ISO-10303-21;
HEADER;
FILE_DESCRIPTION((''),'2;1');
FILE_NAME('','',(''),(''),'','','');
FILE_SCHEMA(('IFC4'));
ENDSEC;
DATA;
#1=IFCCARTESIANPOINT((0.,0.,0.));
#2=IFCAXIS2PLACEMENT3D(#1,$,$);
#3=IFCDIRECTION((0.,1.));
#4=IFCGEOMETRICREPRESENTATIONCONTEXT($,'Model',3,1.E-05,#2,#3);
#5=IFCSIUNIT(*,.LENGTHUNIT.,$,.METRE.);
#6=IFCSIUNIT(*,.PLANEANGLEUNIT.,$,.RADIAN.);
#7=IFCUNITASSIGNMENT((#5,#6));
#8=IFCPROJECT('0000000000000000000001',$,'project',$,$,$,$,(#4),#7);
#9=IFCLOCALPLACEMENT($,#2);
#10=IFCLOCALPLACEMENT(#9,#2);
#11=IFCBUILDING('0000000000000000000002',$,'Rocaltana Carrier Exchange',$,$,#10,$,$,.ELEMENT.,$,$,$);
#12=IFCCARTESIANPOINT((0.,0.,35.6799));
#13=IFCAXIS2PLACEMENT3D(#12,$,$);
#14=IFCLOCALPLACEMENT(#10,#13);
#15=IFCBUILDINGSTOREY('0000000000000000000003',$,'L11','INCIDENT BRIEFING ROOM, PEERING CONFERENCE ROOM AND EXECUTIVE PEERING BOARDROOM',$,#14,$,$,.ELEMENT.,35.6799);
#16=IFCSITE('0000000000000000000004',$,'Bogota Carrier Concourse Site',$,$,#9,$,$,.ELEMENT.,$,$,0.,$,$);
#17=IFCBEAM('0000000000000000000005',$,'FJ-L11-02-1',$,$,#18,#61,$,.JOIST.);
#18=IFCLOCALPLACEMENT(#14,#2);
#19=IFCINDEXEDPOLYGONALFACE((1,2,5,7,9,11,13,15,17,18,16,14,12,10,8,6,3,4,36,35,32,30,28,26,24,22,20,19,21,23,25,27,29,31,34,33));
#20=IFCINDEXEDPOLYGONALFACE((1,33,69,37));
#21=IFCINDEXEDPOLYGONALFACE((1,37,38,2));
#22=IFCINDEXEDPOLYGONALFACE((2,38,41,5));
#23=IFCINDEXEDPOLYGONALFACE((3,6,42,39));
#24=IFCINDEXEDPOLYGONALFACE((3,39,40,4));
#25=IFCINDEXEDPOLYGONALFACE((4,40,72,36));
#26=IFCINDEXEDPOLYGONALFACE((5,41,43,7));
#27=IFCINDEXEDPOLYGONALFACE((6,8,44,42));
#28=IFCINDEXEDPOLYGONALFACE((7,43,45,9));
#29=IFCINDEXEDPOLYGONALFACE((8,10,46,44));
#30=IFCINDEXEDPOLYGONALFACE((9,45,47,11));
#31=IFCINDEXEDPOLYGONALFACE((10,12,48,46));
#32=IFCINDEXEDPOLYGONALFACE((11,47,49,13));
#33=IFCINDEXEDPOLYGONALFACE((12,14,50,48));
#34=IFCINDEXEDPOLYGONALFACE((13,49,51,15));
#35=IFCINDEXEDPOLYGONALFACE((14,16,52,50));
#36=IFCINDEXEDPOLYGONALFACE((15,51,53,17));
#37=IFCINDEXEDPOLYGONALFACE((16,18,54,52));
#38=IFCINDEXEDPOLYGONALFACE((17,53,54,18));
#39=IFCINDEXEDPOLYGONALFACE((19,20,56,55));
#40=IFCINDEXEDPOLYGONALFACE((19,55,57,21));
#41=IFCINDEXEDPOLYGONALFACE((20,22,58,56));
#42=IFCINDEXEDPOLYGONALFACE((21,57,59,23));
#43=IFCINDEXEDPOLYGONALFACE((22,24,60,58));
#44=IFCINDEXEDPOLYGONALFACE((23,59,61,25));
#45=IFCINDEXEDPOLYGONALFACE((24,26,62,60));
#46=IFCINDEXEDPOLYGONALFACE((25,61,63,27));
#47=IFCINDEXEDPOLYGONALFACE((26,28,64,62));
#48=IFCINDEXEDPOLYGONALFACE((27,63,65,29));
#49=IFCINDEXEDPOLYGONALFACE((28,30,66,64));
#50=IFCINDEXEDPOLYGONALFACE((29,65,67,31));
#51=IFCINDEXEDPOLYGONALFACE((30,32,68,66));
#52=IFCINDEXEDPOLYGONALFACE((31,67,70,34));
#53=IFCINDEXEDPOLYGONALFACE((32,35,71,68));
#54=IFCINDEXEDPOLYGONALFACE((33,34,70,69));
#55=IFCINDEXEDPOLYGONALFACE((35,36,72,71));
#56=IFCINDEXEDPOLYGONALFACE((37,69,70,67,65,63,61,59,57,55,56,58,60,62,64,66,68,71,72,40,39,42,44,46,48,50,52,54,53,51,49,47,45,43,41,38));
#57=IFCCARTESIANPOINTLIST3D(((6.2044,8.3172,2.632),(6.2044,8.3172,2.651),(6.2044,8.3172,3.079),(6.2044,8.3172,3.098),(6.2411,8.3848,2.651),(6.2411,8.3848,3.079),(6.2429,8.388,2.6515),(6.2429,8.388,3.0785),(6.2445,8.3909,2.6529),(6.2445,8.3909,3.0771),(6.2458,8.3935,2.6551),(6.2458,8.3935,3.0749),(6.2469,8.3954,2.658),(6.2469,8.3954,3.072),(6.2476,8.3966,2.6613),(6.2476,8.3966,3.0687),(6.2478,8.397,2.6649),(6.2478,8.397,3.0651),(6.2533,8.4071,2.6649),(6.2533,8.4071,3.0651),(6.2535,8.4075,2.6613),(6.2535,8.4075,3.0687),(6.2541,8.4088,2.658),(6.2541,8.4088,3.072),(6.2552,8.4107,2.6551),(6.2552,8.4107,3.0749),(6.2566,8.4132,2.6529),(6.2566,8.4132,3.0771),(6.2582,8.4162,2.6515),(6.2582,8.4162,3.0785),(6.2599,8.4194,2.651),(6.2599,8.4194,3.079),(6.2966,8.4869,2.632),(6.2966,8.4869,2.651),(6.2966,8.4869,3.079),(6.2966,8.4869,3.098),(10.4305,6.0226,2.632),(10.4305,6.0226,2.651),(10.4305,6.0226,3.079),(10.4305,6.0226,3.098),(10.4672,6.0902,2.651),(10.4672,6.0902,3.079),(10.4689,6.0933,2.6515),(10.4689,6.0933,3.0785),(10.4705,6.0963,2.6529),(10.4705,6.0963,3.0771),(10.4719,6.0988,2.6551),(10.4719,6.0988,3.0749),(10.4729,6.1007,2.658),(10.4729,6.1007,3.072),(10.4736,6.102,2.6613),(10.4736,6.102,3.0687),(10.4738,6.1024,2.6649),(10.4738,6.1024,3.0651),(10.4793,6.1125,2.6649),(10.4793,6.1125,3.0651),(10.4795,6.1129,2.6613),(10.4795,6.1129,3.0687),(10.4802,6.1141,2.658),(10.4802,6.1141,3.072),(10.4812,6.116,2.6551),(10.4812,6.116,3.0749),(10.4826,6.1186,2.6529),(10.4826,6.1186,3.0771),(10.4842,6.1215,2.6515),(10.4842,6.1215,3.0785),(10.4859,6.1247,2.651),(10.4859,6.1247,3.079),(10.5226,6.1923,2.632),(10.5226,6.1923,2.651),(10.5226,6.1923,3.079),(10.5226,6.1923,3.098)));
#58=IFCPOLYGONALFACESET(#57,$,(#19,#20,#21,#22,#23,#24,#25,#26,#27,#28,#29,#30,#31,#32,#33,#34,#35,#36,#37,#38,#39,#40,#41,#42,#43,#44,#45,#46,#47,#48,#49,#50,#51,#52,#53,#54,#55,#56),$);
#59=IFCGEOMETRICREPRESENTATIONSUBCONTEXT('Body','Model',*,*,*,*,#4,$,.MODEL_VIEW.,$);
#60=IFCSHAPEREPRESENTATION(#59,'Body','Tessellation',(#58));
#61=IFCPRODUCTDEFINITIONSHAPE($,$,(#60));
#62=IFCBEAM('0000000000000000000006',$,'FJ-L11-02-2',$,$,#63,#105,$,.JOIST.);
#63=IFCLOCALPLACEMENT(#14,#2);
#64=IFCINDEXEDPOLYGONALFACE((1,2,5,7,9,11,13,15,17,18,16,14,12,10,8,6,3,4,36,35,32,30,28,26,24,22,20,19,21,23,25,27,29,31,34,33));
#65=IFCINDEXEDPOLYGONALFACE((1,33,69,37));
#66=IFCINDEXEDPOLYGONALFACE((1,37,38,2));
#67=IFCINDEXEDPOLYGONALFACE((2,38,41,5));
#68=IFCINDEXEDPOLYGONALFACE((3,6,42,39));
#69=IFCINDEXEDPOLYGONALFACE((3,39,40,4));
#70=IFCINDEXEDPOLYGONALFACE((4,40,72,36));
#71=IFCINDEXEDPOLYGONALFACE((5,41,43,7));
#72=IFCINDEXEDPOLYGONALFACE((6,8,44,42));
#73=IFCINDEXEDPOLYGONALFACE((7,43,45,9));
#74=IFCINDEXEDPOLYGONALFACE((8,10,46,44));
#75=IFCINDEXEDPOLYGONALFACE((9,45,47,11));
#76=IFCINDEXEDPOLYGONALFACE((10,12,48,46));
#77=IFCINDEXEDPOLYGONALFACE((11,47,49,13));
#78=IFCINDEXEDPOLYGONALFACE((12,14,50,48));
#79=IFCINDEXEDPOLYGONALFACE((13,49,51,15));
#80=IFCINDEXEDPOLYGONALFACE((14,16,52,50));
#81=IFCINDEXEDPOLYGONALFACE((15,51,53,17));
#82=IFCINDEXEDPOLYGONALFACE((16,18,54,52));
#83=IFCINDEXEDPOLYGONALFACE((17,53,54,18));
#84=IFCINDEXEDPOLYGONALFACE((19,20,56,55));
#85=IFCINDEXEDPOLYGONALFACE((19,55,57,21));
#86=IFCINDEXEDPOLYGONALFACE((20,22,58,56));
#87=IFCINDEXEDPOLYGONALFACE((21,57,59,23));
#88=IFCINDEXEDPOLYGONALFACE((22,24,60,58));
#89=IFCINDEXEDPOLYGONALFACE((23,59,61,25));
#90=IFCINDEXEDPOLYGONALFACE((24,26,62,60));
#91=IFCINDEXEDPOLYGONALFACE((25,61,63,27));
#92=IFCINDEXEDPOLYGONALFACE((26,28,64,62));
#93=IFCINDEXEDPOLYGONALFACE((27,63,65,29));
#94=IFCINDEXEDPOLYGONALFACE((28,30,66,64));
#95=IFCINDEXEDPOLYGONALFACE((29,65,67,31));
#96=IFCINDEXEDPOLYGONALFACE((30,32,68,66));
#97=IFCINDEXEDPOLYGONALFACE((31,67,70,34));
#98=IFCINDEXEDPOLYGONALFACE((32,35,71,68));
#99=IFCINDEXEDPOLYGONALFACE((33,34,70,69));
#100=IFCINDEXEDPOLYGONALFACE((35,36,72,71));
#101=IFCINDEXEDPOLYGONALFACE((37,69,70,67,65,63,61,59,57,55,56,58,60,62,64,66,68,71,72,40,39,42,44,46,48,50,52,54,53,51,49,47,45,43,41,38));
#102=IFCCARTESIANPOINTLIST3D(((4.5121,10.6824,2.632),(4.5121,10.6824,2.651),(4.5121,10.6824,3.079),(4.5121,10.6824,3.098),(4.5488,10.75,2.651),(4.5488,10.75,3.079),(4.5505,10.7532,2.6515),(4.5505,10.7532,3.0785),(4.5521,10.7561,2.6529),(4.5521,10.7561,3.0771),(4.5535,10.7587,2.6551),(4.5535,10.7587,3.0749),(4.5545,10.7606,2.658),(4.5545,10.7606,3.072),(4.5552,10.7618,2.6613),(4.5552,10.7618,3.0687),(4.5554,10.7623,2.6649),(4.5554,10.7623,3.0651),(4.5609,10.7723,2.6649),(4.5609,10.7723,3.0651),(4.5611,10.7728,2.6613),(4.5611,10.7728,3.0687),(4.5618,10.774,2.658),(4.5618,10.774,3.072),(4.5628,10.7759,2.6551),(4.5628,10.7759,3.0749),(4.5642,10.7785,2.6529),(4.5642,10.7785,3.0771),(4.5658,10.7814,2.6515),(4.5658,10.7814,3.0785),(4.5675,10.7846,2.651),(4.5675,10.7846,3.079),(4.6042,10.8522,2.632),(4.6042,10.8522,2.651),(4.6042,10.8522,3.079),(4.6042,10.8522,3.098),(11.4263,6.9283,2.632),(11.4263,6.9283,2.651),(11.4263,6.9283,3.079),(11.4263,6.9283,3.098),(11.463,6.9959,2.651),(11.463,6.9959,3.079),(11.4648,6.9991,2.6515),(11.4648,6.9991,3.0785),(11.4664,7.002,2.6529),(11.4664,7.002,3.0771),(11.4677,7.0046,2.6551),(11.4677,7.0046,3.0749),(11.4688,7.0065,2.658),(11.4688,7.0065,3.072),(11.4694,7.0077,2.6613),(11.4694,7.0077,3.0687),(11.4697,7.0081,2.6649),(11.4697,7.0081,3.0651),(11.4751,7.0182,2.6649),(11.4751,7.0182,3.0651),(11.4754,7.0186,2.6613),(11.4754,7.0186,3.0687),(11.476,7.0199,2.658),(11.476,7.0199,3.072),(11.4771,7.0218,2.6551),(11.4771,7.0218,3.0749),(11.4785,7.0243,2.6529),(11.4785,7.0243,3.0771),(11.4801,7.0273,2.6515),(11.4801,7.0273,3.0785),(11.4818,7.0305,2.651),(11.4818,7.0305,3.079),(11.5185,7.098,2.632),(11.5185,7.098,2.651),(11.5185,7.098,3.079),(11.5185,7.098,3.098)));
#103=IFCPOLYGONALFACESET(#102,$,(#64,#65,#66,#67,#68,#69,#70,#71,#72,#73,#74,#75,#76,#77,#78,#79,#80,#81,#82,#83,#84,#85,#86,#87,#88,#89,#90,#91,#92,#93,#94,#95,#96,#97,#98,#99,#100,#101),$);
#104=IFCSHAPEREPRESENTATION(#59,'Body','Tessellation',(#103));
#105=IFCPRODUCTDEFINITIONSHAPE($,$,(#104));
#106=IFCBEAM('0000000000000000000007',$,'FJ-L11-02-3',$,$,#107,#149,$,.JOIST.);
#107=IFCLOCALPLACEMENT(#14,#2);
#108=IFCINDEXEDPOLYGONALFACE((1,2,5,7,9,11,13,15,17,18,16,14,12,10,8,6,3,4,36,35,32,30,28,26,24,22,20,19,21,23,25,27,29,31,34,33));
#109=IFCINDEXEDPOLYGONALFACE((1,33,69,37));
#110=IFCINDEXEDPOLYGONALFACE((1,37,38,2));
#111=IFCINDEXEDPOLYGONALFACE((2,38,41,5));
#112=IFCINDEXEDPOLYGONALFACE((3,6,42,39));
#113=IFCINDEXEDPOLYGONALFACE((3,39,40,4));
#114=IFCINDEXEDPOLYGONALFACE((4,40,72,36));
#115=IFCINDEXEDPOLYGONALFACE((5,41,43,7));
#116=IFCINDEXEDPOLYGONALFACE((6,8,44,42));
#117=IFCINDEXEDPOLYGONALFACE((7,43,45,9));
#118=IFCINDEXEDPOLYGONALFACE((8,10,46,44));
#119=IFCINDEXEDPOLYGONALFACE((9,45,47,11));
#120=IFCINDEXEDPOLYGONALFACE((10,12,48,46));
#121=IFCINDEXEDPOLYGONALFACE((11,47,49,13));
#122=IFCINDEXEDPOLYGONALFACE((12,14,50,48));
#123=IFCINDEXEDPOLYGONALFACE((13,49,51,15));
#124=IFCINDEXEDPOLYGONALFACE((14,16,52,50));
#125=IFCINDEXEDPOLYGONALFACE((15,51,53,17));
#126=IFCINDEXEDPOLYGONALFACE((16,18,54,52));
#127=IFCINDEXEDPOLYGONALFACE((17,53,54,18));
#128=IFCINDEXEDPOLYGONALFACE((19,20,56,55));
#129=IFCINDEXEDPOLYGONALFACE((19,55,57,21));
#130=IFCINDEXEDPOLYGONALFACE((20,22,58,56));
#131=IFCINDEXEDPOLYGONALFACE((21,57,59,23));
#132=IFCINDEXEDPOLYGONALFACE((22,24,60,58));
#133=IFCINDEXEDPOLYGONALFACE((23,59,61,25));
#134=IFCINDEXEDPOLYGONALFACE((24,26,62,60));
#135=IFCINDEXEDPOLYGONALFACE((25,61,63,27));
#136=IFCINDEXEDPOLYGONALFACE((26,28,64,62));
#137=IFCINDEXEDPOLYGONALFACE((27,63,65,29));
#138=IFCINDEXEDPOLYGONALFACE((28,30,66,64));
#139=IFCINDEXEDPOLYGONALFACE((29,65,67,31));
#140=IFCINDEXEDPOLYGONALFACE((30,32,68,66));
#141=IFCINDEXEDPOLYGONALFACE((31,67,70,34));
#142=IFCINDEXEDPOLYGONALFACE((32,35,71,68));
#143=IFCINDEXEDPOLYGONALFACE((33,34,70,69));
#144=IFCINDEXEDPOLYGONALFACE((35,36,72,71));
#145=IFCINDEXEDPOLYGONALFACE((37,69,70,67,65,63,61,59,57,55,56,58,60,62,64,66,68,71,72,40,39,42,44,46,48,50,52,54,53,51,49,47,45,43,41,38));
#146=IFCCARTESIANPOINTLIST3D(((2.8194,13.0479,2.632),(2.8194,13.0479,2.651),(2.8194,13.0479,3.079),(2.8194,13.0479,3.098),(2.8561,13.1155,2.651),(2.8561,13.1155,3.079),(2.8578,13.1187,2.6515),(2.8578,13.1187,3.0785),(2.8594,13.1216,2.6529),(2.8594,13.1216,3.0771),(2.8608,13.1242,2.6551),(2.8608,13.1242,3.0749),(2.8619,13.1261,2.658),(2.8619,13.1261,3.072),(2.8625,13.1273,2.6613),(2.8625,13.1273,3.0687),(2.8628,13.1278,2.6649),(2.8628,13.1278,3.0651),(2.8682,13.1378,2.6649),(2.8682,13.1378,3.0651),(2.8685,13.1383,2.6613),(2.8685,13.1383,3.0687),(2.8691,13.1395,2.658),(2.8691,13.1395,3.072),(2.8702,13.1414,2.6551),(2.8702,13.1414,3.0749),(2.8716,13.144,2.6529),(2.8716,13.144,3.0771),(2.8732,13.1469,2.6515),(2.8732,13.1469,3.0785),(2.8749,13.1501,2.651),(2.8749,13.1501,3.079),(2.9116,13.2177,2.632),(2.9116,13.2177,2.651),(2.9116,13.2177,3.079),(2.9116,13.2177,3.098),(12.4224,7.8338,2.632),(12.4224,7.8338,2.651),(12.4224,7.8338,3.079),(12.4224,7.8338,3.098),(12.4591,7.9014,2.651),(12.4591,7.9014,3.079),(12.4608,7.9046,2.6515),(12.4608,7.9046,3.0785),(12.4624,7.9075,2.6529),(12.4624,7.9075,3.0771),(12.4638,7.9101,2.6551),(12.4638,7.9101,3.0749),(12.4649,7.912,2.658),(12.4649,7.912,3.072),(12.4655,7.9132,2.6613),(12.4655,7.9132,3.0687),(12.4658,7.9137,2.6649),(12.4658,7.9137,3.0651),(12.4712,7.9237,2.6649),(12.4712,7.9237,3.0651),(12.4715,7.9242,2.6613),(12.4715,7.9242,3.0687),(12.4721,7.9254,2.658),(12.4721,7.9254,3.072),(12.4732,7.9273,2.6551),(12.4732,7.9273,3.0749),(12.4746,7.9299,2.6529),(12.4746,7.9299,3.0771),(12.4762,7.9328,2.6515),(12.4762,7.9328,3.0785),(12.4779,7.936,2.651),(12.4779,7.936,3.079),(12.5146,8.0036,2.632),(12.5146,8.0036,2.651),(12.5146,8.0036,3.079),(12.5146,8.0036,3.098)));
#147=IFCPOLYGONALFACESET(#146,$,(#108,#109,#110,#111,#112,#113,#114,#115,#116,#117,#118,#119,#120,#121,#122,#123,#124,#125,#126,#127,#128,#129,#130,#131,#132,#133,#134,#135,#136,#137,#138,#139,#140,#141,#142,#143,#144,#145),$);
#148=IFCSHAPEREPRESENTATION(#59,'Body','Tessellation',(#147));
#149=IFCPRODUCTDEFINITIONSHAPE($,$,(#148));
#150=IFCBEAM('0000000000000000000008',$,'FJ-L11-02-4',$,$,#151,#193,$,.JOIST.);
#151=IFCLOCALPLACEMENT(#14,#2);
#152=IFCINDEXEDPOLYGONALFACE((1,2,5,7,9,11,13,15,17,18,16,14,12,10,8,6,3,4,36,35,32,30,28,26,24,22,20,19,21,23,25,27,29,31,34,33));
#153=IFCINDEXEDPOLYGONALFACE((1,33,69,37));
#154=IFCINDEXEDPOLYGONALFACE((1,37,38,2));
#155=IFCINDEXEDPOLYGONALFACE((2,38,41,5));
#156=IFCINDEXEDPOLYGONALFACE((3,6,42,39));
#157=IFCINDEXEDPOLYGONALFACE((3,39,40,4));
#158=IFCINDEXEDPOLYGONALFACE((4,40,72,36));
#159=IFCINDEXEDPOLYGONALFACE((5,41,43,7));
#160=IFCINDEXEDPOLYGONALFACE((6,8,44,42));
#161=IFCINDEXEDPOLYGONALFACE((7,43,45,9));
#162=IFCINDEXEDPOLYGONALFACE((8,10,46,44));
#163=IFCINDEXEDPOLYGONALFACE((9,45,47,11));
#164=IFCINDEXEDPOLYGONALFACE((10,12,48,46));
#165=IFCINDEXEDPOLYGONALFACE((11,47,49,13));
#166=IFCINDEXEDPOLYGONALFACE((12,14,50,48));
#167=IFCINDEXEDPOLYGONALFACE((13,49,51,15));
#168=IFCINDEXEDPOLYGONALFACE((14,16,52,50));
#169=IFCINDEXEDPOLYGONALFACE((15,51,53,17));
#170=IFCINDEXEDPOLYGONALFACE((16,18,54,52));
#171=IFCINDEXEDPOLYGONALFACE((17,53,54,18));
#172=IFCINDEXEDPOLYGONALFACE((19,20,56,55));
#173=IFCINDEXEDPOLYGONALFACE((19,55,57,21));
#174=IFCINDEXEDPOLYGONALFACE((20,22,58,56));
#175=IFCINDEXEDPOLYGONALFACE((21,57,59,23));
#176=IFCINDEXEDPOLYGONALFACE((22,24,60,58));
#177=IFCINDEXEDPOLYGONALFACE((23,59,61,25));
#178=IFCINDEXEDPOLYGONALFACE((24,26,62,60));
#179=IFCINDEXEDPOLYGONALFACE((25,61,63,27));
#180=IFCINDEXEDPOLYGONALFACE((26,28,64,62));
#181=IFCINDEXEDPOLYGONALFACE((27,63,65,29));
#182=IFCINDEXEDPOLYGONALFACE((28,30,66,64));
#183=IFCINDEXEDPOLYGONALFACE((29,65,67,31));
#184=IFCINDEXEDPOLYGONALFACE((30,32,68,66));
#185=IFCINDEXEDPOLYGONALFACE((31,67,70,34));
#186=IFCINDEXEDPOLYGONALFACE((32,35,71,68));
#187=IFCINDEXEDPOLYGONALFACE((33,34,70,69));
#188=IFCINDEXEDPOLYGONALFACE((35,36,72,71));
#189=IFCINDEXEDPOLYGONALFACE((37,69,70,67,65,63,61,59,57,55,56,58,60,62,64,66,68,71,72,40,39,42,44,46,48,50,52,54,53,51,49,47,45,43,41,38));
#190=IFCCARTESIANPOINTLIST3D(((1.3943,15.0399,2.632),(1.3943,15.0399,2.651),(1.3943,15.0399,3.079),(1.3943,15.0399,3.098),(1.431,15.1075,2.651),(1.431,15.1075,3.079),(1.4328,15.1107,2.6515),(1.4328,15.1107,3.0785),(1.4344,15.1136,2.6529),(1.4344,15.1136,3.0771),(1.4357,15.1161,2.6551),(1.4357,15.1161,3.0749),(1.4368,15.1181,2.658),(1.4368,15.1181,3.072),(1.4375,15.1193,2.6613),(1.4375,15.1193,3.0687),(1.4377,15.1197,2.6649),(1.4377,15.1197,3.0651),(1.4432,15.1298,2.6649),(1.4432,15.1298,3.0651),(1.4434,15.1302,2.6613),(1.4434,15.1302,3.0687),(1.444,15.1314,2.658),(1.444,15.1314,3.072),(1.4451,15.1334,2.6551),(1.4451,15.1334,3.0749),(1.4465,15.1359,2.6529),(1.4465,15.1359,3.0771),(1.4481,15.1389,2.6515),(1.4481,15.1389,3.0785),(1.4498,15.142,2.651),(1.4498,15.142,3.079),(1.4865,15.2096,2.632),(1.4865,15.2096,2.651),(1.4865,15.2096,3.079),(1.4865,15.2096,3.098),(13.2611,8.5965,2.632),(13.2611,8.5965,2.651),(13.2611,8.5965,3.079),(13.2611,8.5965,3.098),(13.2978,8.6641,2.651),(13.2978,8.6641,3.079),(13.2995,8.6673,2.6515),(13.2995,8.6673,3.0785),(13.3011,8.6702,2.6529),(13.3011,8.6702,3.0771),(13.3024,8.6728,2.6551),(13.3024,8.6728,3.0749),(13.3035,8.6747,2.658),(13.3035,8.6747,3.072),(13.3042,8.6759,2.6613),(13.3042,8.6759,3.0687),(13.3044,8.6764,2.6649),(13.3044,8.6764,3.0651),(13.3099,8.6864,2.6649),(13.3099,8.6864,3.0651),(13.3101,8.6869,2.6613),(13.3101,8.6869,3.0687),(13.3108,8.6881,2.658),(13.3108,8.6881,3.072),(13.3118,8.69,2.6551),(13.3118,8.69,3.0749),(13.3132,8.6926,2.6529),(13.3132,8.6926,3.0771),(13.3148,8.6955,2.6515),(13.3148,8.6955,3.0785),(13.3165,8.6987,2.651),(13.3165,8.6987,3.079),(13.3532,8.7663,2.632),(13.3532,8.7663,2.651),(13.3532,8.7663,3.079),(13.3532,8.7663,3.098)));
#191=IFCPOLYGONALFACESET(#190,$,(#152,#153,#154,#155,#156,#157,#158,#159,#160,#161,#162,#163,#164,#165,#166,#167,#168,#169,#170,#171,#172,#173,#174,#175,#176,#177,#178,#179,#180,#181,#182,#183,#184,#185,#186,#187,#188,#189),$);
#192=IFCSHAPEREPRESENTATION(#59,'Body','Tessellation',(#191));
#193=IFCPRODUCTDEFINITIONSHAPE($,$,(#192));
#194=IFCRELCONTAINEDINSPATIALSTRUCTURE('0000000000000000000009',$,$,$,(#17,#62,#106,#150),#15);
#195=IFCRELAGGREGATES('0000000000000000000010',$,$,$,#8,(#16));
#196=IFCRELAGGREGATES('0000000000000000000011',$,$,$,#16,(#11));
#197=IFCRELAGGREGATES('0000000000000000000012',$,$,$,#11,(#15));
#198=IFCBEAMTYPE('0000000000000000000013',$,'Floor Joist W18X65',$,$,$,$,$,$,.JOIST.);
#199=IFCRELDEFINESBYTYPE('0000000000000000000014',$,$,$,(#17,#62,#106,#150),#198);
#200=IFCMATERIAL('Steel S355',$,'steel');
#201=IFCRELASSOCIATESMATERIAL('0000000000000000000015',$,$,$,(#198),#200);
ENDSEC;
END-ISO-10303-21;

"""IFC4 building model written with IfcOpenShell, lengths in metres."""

from ifc_helpers import new_model, si_unit, direction, frame, origin, origin_2d, place, context, subcontext, project, spatial, i_section, extrude, material, material_profile, profile_set, type_object, element, save


model = new_model("IFC4")

# Units and contexts
model_context = context("Model", 3, precision=1e-05, world=origin(), true_north=direction((0.0, 1.0)))
body_context = subcontext(model_context, "Body", "Model", "MODEL_VIEW")
ifc_project = project(units=[si_unit("LENGTHUNIT", "METRE"), si_unit("PLANEANGLEUNIT", "RADIAN")], contexts=[model_context])

# Site, building, storey
site_placement = place(None, origin())
site = spatial("IfcSite", under=ifc_project, at=site_placement, Name="Bogota Carrier Concourse Site", CompositionType="ELEMENT", RefElevation=0.0)
building_placement = place(site_placement, origin())
building = spatial("IfcBuilding", under=site, at=building_placement, Name="Rocaltana Carrier Exchange", CompositionType="ELEMENT")
storey_placement = place(building_placement, frame((0.0, 0.0, 35.6799)))
storey = spatial("IfcBuildingStorey", under=building, at=storey_placement, Name="L11", Description="INCIDENT BRIEFING ROOM, PEERING CONFERENCE ROOM AND EXECUTIVE PEERING BOARDROOM", CompositionType="ELEMENT", Elevation=35.6799)

# Beams
ifc_material_1 = material(Name="Steel S355", Category="steel")
ifc_material_profile_1 = material_profile(ifc_material_1, i_section(OverallWidth=0.1931, OverallDepth=0.4661, WebThickness=0.0115, FlangeThickness=0.019, FilletRadius=0.0139, at=origin_2d()), Name="W18X65")
ifc_profile_set_1 = profile_set([ifc_material_profile_1], Name="Steel S355")
beam_type_1 = type_object("IfcBeamType", Name="Floor Joist W18X65", PredefinedType="JOIST", material=ifc_profile_set_1)
beam_1_placement = place(storey_placement, frame((10.4766, 6.1074, 2.865), z_axis=(-0.878808, 0.477176, 0.0), x_axis=(-0.477176, -0.878808, 0.0)))
element("IfcBeam", 1, at=beam_1_placement, inside=storey, type_object=beam_type_1, Name="FJ-L11-02-1", PredefinedType="JOIST", context=body_context, shape_type="SweptSolid", body=[
    extrude(i_section(OverallWidth=0.1931, OverallDepth=0.4661, WebThickness=0.0115, FlangeThickness=0.019, FilletRadius=0.0139, at=origin_2d()), origin(), (0.0, 0.0, 1.0), 4.8088),
])
beam_2_placement = place(storey_placement, frame((11.4724, 7.0132, 2.865), z_axis=(-0.878818, 0.477158, 0.0), x_axis=(-0.477158, -0.878818, 0.0)))
element("IfcBeam", 2, at=beam_2_placement, inside=storey, type_object=beam_type_1, Name="FJ-L11-02-2", PredefinedType="JOIST", context=body_context, shape_type="SweptSolid", body=[
    extrude(i_section(OverallWidth=0.1931, OverallDepth=0.4661, WebThickness=0.0115, FlangeThickness=0.019, FilletRadius=0.0139, at=origin_2d()), origin(), (0.0, 0.0, 1.0), 7.8677),
])
beam_3_placement = place(storey_placement, frame((12.4685, 7.9187, 2.865), z_axis=(-0.878814, 0.477165, 0.0), x_axis=(-0.477165, -0.878814, 0.0)))
element("IfcBeam", 3, at=beam_3_placement, inside=storey, type_object=beam_type_1, Name="FJ-L11-02-3", PredefinedType="JOIST", context=body_context, shape_type="SweptSolid", body=[
    extrude(i_section(OverallWidth=0.1931, OverallDepth=0.4661, WebThickness=0.0115, FlangeThickness=0.019, FilletRadius=0.0139, at=origin_2d()), origin(), (0.0, 0.0, 1.0), 10.9272),
])
beam_4_placement = place(storey_placement, frame((13.3071, 8.6814, 2.865), z_axis=(-0.878809, 0.477174, 0.0), x_axis=(-0.477174, -0.878809, 0.0)))
element("IfcBeam", 4, at=beam_4_placement, inside=storey, type_object=beam_type_1, Name="FJ-L11-02-4", PredefinedType="JOIST", context=body_context, shape_type="SweptSolid", body=[
    extrude(i_section(OverallWidth=0.1931, OverallDepth=0.4661, WebThickness=0.0115, FlangeThickness=0.019, FilletRadius=0.0139, at=origin_2d()), origin(), (0.0, 0.0, 1.0), 13.5032),
])

save(model, "model.ifc")
